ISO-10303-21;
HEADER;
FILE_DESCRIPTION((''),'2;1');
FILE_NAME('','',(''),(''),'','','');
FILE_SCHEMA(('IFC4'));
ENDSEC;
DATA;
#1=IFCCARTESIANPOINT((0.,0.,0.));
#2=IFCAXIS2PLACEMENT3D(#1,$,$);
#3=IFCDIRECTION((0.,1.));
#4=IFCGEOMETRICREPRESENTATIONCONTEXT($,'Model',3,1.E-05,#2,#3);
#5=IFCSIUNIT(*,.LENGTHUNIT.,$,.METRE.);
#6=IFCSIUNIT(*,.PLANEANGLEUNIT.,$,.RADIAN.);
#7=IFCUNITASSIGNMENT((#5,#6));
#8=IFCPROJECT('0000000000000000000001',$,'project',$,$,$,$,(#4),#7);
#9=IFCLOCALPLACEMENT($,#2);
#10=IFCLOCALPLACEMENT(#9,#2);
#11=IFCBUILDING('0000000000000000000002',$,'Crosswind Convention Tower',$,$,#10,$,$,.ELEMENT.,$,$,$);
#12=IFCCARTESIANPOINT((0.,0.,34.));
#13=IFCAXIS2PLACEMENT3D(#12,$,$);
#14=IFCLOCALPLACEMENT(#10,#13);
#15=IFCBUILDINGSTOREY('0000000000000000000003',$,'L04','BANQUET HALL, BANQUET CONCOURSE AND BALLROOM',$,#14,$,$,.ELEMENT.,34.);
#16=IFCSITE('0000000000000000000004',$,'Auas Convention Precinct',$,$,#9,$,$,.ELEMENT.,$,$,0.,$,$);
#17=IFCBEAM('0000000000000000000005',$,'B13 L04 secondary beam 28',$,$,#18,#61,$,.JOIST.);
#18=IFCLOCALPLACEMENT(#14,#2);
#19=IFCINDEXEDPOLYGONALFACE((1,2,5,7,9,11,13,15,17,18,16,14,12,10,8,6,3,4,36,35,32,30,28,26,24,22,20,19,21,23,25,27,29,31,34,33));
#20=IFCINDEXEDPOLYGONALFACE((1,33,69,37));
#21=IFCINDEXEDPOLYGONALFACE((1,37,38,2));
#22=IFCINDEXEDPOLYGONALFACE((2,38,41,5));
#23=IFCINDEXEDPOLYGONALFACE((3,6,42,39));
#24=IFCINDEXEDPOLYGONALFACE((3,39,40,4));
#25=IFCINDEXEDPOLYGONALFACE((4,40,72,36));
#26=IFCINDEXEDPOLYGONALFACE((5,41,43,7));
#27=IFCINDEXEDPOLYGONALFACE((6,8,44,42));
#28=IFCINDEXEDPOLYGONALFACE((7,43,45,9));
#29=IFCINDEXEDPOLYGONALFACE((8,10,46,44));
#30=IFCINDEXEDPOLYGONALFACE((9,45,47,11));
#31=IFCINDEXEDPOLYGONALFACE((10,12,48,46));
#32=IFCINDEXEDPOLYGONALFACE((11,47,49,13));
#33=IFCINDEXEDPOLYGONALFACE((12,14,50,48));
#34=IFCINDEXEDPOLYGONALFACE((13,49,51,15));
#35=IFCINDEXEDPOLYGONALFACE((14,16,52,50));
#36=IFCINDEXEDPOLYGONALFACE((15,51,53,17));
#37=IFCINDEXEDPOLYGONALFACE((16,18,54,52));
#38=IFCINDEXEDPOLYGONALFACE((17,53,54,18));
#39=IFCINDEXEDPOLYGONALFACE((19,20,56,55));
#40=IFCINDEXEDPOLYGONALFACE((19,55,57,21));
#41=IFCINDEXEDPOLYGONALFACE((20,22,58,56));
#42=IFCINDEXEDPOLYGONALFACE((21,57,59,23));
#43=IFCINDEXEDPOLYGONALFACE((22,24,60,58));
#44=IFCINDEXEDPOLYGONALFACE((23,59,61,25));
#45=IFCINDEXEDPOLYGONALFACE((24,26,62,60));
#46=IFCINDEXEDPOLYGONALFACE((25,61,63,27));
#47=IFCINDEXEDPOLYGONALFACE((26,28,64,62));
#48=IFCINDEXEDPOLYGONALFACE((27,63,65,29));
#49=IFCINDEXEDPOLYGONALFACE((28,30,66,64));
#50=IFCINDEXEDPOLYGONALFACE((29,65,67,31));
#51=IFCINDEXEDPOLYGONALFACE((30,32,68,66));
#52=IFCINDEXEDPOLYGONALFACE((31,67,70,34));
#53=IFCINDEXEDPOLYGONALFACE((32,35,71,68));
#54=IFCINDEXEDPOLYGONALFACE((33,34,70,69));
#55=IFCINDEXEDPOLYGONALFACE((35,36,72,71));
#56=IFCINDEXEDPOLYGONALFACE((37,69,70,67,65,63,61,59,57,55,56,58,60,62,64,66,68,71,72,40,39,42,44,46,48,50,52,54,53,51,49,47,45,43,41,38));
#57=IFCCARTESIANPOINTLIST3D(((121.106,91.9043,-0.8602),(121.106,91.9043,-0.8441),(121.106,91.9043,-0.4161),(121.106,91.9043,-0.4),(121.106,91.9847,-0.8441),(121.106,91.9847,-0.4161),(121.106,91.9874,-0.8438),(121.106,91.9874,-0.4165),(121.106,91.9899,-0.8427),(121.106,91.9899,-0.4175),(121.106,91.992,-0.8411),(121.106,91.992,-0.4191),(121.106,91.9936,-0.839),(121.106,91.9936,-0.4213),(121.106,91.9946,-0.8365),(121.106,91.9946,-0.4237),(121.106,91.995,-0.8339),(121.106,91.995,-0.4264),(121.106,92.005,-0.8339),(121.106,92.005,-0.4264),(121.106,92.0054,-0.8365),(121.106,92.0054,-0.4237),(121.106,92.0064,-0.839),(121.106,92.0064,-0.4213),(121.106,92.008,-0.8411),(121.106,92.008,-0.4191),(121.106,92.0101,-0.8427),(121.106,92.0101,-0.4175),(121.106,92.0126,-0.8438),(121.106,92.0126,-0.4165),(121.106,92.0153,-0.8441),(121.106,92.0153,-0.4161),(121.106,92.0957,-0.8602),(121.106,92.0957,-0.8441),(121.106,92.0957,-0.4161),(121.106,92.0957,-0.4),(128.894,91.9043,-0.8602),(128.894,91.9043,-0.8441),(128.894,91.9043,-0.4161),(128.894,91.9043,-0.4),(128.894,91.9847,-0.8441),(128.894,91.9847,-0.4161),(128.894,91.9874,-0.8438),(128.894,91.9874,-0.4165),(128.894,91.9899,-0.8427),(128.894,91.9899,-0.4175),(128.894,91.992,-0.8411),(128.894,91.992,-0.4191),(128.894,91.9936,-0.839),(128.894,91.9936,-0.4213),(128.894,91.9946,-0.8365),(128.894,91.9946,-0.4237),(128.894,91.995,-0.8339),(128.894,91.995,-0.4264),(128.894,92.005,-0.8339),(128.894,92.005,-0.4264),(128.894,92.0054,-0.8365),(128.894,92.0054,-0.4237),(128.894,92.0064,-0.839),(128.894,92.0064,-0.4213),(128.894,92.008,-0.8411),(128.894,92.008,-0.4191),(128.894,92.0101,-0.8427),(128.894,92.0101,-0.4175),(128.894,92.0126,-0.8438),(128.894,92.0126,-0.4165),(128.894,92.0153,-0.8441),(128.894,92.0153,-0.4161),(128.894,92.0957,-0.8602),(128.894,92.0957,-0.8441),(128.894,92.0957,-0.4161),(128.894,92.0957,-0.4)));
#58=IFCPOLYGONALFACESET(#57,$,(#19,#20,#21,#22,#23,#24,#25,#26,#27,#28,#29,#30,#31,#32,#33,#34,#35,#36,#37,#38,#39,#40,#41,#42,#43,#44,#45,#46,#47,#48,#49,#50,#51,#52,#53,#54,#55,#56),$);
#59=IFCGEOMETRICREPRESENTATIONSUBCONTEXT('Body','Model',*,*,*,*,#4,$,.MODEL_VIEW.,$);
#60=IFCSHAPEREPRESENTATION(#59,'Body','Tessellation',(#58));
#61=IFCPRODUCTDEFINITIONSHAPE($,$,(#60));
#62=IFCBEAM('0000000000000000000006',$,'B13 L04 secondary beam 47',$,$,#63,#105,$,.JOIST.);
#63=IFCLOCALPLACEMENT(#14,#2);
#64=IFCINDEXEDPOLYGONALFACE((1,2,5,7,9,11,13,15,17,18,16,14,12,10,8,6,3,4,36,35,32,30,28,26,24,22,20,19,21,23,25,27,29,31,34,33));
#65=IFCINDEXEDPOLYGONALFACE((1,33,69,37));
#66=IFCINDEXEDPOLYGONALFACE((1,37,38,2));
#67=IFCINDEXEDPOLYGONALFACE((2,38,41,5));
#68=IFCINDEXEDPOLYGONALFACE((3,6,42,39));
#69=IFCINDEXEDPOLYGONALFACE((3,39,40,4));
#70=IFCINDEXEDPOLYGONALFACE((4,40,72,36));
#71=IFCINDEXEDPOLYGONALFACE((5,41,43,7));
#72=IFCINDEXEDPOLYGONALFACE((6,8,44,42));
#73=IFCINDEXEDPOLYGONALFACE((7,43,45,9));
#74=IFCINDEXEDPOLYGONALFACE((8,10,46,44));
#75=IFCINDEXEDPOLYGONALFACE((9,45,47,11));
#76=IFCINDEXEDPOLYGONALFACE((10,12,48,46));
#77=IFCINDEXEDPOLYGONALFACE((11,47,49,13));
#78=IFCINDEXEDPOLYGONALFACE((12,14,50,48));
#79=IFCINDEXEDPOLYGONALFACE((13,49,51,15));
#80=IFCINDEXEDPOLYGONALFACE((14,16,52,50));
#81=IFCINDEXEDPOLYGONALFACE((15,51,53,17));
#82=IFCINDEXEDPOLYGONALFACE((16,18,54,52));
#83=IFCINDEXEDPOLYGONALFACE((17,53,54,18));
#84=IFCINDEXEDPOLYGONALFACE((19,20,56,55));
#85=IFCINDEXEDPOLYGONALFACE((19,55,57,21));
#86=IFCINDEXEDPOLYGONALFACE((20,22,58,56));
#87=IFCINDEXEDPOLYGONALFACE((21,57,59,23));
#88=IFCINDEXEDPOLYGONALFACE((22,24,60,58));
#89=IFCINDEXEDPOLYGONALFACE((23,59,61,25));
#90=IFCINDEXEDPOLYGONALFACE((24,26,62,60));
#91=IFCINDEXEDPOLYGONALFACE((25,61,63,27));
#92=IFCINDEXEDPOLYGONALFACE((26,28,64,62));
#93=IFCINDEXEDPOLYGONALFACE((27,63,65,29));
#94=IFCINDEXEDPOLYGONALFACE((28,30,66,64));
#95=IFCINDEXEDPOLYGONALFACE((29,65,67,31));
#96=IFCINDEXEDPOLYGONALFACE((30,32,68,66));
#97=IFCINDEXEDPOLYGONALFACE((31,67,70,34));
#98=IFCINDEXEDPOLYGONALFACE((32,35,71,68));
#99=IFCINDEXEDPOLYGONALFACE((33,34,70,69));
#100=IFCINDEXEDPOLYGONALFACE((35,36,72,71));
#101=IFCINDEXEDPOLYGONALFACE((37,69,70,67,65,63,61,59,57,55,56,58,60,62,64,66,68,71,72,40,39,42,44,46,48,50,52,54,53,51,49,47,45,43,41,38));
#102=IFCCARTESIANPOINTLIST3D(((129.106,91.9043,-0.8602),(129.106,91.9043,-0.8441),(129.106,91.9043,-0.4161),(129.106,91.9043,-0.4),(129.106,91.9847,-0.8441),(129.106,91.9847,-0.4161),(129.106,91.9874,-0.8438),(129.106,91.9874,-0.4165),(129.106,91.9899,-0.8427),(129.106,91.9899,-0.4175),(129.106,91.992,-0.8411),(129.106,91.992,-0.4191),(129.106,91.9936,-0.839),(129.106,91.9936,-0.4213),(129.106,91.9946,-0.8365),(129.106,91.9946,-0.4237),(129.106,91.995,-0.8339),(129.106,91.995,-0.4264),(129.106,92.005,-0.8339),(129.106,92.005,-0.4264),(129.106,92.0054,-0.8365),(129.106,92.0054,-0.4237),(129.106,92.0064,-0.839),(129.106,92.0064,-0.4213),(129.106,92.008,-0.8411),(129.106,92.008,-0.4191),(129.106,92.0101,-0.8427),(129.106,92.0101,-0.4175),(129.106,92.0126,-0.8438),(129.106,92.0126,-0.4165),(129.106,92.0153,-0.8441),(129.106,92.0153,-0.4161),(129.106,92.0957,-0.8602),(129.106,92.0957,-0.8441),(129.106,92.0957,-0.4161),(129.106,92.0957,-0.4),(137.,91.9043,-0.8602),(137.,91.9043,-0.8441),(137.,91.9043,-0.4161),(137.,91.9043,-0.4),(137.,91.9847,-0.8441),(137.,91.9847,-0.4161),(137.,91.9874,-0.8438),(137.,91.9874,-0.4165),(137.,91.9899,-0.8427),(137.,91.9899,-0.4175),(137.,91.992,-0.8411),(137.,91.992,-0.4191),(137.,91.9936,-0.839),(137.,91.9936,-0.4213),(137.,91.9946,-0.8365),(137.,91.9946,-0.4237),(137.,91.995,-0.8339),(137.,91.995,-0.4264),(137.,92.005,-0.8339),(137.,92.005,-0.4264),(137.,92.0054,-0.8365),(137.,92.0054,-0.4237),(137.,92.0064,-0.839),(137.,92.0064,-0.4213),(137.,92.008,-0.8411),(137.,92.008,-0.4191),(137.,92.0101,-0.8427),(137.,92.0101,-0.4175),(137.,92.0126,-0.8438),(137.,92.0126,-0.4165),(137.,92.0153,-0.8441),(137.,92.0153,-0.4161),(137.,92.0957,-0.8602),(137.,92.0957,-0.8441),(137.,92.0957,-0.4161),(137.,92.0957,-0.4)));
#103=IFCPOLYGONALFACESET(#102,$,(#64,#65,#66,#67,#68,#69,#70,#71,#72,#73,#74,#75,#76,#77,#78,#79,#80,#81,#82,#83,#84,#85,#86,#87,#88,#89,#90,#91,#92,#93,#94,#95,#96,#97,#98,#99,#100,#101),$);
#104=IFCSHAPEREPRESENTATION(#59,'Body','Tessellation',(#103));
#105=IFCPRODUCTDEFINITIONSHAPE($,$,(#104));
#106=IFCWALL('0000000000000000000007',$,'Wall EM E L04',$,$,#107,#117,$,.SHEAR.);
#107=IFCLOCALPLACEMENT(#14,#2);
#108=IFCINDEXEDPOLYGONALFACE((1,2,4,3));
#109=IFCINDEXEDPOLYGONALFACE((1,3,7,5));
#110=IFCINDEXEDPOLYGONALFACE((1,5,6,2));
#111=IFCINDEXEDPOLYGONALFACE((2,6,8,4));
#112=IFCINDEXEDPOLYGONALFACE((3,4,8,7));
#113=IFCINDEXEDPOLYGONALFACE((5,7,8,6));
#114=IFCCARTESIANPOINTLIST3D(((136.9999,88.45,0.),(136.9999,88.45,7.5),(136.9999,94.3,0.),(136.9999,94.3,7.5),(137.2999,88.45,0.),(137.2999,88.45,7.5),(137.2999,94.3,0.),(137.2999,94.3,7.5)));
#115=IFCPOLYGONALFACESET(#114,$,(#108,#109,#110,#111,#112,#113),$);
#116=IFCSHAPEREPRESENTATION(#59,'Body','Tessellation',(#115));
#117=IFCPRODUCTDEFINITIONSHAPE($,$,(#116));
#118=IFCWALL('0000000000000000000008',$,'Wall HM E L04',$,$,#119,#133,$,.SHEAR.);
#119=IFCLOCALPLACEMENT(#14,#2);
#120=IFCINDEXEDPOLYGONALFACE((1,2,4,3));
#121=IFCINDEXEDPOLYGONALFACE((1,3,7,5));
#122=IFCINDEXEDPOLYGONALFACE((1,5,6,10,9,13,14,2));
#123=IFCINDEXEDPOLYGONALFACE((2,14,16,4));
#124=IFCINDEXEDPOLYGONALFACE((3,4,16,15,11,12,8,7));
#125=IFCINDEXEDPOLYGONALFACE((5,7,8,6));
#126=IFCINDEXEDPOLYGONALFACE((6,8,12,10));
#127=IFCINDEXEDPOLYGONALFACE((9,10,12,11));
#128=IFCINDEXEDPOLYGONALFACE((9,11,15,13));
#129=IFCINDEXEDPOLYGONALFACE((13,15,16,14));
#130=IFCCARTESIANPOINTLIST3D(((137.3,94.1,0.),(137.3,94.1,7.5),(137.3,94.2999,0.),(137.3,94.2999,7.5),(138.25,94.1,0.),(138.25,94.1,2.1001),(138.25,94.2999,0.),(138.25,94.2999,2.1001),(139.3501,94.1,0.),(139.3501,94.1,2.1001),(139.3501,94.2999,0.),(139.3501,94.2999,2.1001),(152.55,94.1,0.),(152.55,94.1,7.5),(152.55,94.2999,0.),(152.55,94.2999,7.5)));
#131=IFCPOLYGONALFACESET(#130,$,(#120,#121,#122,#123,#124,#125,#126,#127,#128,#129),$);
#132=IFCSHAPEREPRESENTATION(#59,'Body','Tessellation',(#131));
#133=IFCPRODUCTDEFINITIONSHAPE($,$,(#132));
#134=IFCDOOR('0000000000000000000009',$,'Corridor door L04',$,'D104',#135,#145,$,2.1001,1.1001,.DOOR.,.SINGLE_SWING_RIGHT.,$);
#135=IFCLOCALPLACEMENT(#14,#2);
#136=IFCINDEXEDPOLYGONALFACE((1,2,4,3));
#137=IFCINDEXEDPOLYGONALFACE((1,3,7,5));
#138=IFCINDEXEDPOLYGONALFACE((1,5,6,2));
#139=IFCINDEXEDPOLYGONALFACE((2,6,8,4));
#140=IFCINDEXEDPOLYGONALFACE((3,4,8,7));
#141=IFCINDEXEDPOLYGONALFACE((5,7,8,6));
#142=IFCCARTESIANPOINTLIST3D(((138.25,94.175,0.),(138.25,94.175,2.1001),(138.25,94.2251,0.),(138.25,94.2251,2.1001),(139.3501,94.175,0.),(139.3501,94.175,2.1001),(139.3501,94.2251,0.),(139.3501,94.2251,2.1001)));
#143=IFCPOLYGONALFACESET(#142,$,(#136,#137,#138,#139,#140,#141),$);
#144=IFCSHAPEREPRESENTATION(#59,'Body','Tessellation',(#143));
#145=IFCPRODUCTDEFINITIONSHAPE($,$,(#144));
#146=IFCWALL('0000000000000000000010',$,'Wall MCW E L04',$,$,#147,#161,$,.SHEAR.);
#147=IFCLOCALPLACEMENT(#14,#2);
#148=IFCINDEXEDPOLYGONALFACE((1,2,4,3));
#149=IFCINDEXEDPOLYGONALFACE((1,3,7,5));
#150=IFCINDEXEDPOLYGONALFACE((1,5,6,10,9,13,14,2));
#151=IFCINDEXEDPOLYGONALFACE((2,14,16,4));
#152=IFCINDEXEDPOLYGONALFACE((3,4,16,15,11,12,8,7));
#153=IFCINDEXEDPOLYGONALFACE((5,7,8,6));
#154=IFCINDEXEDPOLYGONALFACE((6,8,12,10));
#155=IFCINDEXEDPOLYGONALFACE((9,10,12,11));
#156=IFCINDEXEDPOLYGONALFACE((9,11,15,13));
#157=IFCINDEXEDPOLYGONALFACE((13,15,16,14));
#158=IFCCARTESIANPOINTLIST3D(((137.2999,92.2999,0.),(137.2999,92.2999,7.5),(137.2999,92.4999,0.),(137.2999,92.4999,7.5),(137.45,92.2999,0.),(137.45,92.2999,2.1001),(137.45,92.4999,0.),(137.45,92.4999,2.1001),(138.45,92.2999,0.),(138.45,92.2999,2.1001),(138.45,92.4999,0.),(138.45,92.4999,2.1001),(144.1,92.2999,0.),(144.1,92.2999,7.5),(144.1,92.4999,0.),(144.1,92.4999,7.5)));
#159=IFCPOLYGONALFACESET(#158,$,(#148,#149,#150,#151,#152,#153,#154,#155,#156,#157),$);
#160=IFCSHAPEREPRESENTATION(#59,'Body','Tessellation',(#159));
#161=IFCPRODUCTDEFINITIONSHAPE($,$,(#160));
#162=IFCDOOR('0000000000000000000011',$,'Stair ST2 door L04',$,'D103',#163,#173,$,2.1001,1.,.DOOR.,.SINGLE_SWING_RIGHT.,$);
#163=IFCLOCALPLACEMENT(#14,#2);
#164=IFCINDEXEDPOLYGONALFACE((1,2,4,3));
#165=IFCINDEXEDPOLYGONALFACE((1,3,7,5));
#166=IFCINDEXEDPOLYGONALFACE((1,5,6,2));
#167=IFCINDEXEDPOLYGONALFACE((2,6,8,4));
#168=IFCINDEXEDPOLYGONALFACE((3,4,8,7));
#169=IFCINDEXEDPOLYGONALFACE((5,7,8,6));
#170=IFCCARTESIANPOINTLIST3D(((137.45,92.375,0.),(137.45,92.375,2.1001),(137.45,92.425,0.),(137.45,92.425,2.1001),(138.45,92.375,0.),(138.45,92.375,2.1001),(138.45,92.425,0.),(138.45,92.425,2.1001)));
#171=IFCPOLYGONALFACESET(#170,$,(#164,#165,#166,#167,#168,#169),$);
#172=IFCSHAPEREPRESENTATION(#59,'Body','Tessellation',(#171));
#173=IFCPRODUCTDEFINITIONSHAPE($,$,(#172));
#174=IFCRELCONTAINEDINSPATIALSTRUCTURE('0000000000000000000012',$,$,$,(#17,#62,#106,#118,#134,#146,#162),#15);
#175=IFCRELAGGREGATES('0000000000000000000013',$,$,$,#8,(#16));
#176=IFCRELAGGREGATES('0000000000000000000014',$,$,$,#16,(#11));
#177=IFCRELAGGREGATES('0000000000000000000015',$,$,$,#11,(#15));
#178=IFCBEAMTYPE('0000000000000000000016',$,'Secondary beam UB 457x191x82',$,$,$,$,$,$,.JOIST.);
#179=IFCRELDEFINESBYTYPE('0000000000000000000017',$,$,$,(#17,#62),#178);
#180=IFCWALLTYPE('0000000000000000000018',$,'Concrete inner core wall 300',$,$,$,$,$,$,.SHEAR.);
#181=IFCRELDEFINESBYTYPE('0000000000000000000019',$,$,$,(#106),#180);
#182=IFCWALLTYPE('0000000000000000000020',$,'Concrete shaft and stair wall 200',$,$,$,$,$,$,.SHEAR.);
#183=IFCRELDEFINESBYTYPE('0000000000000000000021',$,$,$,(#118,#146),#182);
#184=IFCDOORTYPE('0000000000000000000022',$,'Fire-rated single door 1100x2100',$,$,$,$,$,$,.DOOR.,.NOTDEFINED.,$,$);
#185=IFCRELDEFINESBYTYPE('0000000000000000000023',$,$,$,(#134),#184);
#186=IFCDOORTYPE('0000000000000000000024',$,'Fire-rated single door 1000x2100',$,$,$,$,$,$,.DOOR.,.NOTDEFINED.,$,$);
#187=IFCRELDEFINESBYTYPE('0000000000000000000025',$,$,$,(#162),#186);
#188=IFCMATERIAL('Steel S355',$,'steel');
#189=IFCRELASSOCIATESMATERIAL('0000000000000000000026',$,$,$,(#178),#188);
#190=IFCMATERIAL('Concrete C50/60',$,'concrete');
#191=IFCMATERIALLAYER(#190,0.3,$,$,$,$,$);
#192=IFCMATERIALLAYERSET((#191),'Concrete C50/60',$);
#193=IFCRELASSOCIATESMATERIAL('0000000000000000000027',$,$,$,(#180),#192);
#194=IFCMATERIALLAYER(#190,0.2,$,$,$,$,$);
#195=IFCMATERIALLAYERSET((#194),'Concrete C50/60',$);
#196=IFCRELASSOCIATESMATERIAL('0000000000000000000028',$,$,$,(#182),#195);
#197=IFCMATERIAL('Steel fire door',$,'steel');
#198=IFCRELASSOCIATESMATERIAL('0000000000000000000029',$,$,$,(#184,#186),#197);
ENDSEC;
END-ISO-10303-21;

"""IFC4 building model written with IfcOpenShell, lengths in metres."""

from ifc_helpers import new_model, si_unit, direction, frame, frame_2d, origin, origin_2d, place, context, subcontext, project, spatial, rectangle, i_section, extrude, material, layer, layer_set, material_profile, profile_set, type_object, element, fill, save


model = new_model("IFC4")

# Units and contexts
model_context = context("Model", 3, precision=1e-05, world=origin(), true_north=direction((0.0, 1.0)))
body_context = subcontext(model_context, "Body", "Model", "MODEL_VIEW")
ifc_project = project(units=[si_unit("LENGTHUNIT", "METRE"), si_unit("PLANEANGLEUNIT", "RADIAN")], contexts=[model_context])

# Site, building, storey
site_placement = place(None, origin())
site = spatial("IfcSite", under=ifc_project, at=site_placement, Name="Auas Convention Precinct", CompositionType="ELEMENT", RefElevation=0.0)
building_placement = place(site_placement, origin())
building = spatial("IfcBuilding", under=site, at=building_placement, Name="Crosswind Convention Tower", CompositionType="ELEMENT")
storey_placement = place(building_placement, frame((0.0, 0.0, 34.0)))
storey = spatial("IfcBuildingStorey", under=building, at=storey_placement, Name="L04", Description="BANQUET HALL, BANQUET CONCOURSE AND BALLROOM", CompositionType="ELEMENT", Elevation=34.0)

# Beams
ifc_material_1 = material(Name="Steel S355", Category="steel")
ifc_material_profile_1 = material_profile(ifc_material_1, i_section(OverallWidth=0.1914, OverallDepth=0.4602, WebThickness=0.01, FlangeThickness=0.0161, FilletRadius=0.0103, at=origin_2d()), Name="UB 457x191x82")
ifc_profile_set_1 = profile_set([ifc_material_profile_1], Name="Steel S355")
beam_type_1 = type_object("IfcBeamType", Name="Secondary beam UB 457x191x82", PredefinedType="JOIST", material=ifc_profile_set_1)
beam_1_placement = place(storey_placement, frame((121.106, 92.0, -0.6301), z_axis=(1.0, 0.0, 0.0), x_axis=(0.0, 1.0, 0.0)))
element("IfcBeam", 1, at=beam_1_placement, inside=storey, type_object=beam_type_1, Name="B13 L04 secondary beam 28", PredefinedType="JOIST", context=body_context, shape_type="SweptSolid", body=[
    extrude(i_section(OverallWidth=0.1914, OverallDepth=0.4602, WebThickness=0.01, FlangeThickness=0.0161, FilletRadius=0.0103, at=origin_2d()), origin(), (0.0, 0.0, 1.0), 7.7881),
])
beam_2_placement = place(storey_placement, frame((129.106, 92.0, -0.6301), z_axis=(1.0, 0.0, 0.0), x_axis=(0.0, 1.0, 0.0)))
element("IfcBeam", 2, at=beam_2_placement, inside=storey, type_object=beam_type_1, Name="B13 L04 secondary beam 47", PredefinedType="JOIST", context=body_context, shape_type="SweptSolid", body=[
    extrude(i_section(OverallWidth=0.1914, OverallDepth=0.4602, WebThickness=0.01, FlangeThickness=0.0161, FilletRadius=0.0103, at=origin_2d()), origin(), (0.0, 0.0, 1.0), 7.894),
])

# Shared definitions
ifc_material_2 = material(Name="Concrete C50/60", Category="concrete")
ifc_layer_1 = layer(ifc_material_2, 0.3)
ifc_layer_set_1 = layer_set([ifc_layer_1], Name="Concrete C50/60")
wall_type_1 = type_object("IfcWallType", Name="Concrete inner core wall 300", PredefinedType="SHEAR", material=ifc_layer_set_1)

# Wall
wall_1_placement = place(storey_placement, frame((137.1499, 88.45, 0.0), z_axis=(0.0, 0.0, 1.0), x_axis=(0.0, 1.0, 0.0)))
element("IfcWall", 3, at=wall_1_placement, inside=storey, type_object=wall_type_1, Name="Wall EM E L04", PredefinedType="SHEAR", context=body_context, shape_type="SweptSolid", body=[
    extrude(rectangle(XDim=5.8501, YDim=0.3, at=frame_2d((2.925, 0.0))), origin(), (0.0, 0.0, 1.0), 7.5),
])

# Walls, openings, doors
ifc_layer_2 = layer(ifc_material_2, 0.2)
ifc_layer_set_2 = layer_set([ifc_layer_2], Name="Concrete C50/60")
wall_type_2 = type_object("IfcWallType", Name="Concrete shaft and stair wall 200", PredefinedType="SHEAR", material=ifc_layer_set_2)
wall_2_placement = place(storey_placement, frame((137.3, 94.2, 0.0), z_axis=(0.0, 0.0, 1.0), x_axis=(1.0, 0.0, 0.0)))
wall_2 = element("IfcWall", 4, at=wall_2_placement, inside=storey, type_object=wall_type_2, Name="Wall HM E L04", PredefinedType="SHEAR", context=body_context, shape_type="SweptSolid", body=[
    extrude(rectangle(XDim=15.25, YDim=0.2, at=frame_2d((7.625, 0.0))), origin(), (0.0, 0.0, 1.0), 7.5),
])
opening_1_placement = place(wall_2_placement, frame((0.95, 0.0, 0.0)))
opening_1 = element("IfcOpeningElement", 5, at=opening_1_placement, cuts=wall_2, PredefinedType="OPENING", context=body_context, shape_type="SweptSolid", body=[
    extrude(rectangle(XDim=1.1001, YDim=2.1001, at=frame_2d((0.55, 1.05))), frame((0.0, 0.1099, 0.0), z_axis=(0.0, -1.0, 0.0), x_axis=(1.0, 0.0, 0.0)), (0.0, 0.0, 1.0), 0.22),
])
ifc_material_3 = material(Name="Steel fire door", Category="steel")
door_type_1 = type_object("IfcDoorType", Name="Fire-rated single door 1100x2100", OperationType="NOTDEFINED", PredefinedType="DOOR", material=ifc_material_3)
door_1_placement = place(opening_1_placement, frame((1.1001, 0.0, 0.0), z_axis=(0.0, 0.0, 1.0), x_axis=(-1.0, 0.0, 0.0)))
door_1 = element("IfcDoor", 6, at=door_1_placement, inside=storey, type_object=door_type_1, Name="Corridor door L04", ObjectType="D104", OperationType="SINGLE_SWING_RIGHT", OverallHeight=2.1001, OverallWidth=1.1001, PredefinedType="DOOR", context=body_context, shape_type="SweptSolid", body=[
    extrude(rectangle(XDim=1.1001, YDim=2.1001, at=frame_2d((0.55, 1.05))), frame((0.0, 0.0249, 0.0), z_axis=(0.0, -1.0, 0.0), x_axis=(1.0, 0.0, 0.0)), (0.0, 0.0, 1.0), 0.05),
])
fill(opening_1, door_1)
wall_3_placement = place(storey_placement, frame((137.3, 92.3999, 0.0), z_axis=(0.0, 0.0, 1.0), x_axis=(1.0, 0.0, 0.0)))
wall_3 = element("IfcWall", 7, at=wall_3_placement, inside=storey, type_object=wall_type_2, Name="Wall MCW E L04", PredefinedType="SHEAR", context=body_context, shape_type="SweptSolid", body=[
    extrude(rectangle(XDim=6.8, YDim=0.2, at=frame_2d((3.3999, 0.0))), origin(), (0.0, 0.0, 1.0), 7.5),
])
opening_2_placement = place(wall_3_placement, frame((0.1499, 0.0, 0.0)))
opening_2 = element("IfcOpeningElement", 8, at=opening_2_placement, cuts=wall_3, PredefinedType="OPENING", context=body_context, shape_type="SweptSolid", body=[
    extrude(rectangle(XDim=1.0, YDim=2.1001, at=frame_2d((0.5, 1.05))), frame((0.0, 0.1099, 0.0), z_axis=(0.0, -1.0, 0.0), x_axis=(1.0, 0.0, 0.0)), (0.0, 0.0, 1.0), 0.22),
])
door_type_2 = type_object("IfcDoorType", Name="Fire-rated single door 1000x2100", OperationType="NOTDEFINED", PredefinedType="DOOR", material=ifc_material_3)
door_2_placement = place(opening_2_placement, frame((1.0, 0.0, 0.0), z_axis=(0.0, 0.0, 1.0), x_axis=(-1.0, 0.0, 0.0)))
door_2 = element("IfcDoor", 9, at=door_2_placement, inside=storey, type_object=door_type_2, Name="Stair ST2 door L04", ObjectType="D103", OperationType="SINGLE_SWING_RIGHT", OverallHeight=2.1001, OverallWidth=1.0, PredefinedType="DOOR", context=body_context, shape_type="SweptSolid", body=[
    extrude(rectangle(XDim=1.0, YDim=2.1001, at=frame_2d((0.5, 1.05))), frame((0.0, 0.0249, 0.0), z_axis=(0.0, -1.0, 0.0), x_axis=(1.0, 0.0, 0.0)), (0.0, 0.0, 1.0), 0.05),
])
fill(opening_2, door_2)

save(model, "model.ifc")
